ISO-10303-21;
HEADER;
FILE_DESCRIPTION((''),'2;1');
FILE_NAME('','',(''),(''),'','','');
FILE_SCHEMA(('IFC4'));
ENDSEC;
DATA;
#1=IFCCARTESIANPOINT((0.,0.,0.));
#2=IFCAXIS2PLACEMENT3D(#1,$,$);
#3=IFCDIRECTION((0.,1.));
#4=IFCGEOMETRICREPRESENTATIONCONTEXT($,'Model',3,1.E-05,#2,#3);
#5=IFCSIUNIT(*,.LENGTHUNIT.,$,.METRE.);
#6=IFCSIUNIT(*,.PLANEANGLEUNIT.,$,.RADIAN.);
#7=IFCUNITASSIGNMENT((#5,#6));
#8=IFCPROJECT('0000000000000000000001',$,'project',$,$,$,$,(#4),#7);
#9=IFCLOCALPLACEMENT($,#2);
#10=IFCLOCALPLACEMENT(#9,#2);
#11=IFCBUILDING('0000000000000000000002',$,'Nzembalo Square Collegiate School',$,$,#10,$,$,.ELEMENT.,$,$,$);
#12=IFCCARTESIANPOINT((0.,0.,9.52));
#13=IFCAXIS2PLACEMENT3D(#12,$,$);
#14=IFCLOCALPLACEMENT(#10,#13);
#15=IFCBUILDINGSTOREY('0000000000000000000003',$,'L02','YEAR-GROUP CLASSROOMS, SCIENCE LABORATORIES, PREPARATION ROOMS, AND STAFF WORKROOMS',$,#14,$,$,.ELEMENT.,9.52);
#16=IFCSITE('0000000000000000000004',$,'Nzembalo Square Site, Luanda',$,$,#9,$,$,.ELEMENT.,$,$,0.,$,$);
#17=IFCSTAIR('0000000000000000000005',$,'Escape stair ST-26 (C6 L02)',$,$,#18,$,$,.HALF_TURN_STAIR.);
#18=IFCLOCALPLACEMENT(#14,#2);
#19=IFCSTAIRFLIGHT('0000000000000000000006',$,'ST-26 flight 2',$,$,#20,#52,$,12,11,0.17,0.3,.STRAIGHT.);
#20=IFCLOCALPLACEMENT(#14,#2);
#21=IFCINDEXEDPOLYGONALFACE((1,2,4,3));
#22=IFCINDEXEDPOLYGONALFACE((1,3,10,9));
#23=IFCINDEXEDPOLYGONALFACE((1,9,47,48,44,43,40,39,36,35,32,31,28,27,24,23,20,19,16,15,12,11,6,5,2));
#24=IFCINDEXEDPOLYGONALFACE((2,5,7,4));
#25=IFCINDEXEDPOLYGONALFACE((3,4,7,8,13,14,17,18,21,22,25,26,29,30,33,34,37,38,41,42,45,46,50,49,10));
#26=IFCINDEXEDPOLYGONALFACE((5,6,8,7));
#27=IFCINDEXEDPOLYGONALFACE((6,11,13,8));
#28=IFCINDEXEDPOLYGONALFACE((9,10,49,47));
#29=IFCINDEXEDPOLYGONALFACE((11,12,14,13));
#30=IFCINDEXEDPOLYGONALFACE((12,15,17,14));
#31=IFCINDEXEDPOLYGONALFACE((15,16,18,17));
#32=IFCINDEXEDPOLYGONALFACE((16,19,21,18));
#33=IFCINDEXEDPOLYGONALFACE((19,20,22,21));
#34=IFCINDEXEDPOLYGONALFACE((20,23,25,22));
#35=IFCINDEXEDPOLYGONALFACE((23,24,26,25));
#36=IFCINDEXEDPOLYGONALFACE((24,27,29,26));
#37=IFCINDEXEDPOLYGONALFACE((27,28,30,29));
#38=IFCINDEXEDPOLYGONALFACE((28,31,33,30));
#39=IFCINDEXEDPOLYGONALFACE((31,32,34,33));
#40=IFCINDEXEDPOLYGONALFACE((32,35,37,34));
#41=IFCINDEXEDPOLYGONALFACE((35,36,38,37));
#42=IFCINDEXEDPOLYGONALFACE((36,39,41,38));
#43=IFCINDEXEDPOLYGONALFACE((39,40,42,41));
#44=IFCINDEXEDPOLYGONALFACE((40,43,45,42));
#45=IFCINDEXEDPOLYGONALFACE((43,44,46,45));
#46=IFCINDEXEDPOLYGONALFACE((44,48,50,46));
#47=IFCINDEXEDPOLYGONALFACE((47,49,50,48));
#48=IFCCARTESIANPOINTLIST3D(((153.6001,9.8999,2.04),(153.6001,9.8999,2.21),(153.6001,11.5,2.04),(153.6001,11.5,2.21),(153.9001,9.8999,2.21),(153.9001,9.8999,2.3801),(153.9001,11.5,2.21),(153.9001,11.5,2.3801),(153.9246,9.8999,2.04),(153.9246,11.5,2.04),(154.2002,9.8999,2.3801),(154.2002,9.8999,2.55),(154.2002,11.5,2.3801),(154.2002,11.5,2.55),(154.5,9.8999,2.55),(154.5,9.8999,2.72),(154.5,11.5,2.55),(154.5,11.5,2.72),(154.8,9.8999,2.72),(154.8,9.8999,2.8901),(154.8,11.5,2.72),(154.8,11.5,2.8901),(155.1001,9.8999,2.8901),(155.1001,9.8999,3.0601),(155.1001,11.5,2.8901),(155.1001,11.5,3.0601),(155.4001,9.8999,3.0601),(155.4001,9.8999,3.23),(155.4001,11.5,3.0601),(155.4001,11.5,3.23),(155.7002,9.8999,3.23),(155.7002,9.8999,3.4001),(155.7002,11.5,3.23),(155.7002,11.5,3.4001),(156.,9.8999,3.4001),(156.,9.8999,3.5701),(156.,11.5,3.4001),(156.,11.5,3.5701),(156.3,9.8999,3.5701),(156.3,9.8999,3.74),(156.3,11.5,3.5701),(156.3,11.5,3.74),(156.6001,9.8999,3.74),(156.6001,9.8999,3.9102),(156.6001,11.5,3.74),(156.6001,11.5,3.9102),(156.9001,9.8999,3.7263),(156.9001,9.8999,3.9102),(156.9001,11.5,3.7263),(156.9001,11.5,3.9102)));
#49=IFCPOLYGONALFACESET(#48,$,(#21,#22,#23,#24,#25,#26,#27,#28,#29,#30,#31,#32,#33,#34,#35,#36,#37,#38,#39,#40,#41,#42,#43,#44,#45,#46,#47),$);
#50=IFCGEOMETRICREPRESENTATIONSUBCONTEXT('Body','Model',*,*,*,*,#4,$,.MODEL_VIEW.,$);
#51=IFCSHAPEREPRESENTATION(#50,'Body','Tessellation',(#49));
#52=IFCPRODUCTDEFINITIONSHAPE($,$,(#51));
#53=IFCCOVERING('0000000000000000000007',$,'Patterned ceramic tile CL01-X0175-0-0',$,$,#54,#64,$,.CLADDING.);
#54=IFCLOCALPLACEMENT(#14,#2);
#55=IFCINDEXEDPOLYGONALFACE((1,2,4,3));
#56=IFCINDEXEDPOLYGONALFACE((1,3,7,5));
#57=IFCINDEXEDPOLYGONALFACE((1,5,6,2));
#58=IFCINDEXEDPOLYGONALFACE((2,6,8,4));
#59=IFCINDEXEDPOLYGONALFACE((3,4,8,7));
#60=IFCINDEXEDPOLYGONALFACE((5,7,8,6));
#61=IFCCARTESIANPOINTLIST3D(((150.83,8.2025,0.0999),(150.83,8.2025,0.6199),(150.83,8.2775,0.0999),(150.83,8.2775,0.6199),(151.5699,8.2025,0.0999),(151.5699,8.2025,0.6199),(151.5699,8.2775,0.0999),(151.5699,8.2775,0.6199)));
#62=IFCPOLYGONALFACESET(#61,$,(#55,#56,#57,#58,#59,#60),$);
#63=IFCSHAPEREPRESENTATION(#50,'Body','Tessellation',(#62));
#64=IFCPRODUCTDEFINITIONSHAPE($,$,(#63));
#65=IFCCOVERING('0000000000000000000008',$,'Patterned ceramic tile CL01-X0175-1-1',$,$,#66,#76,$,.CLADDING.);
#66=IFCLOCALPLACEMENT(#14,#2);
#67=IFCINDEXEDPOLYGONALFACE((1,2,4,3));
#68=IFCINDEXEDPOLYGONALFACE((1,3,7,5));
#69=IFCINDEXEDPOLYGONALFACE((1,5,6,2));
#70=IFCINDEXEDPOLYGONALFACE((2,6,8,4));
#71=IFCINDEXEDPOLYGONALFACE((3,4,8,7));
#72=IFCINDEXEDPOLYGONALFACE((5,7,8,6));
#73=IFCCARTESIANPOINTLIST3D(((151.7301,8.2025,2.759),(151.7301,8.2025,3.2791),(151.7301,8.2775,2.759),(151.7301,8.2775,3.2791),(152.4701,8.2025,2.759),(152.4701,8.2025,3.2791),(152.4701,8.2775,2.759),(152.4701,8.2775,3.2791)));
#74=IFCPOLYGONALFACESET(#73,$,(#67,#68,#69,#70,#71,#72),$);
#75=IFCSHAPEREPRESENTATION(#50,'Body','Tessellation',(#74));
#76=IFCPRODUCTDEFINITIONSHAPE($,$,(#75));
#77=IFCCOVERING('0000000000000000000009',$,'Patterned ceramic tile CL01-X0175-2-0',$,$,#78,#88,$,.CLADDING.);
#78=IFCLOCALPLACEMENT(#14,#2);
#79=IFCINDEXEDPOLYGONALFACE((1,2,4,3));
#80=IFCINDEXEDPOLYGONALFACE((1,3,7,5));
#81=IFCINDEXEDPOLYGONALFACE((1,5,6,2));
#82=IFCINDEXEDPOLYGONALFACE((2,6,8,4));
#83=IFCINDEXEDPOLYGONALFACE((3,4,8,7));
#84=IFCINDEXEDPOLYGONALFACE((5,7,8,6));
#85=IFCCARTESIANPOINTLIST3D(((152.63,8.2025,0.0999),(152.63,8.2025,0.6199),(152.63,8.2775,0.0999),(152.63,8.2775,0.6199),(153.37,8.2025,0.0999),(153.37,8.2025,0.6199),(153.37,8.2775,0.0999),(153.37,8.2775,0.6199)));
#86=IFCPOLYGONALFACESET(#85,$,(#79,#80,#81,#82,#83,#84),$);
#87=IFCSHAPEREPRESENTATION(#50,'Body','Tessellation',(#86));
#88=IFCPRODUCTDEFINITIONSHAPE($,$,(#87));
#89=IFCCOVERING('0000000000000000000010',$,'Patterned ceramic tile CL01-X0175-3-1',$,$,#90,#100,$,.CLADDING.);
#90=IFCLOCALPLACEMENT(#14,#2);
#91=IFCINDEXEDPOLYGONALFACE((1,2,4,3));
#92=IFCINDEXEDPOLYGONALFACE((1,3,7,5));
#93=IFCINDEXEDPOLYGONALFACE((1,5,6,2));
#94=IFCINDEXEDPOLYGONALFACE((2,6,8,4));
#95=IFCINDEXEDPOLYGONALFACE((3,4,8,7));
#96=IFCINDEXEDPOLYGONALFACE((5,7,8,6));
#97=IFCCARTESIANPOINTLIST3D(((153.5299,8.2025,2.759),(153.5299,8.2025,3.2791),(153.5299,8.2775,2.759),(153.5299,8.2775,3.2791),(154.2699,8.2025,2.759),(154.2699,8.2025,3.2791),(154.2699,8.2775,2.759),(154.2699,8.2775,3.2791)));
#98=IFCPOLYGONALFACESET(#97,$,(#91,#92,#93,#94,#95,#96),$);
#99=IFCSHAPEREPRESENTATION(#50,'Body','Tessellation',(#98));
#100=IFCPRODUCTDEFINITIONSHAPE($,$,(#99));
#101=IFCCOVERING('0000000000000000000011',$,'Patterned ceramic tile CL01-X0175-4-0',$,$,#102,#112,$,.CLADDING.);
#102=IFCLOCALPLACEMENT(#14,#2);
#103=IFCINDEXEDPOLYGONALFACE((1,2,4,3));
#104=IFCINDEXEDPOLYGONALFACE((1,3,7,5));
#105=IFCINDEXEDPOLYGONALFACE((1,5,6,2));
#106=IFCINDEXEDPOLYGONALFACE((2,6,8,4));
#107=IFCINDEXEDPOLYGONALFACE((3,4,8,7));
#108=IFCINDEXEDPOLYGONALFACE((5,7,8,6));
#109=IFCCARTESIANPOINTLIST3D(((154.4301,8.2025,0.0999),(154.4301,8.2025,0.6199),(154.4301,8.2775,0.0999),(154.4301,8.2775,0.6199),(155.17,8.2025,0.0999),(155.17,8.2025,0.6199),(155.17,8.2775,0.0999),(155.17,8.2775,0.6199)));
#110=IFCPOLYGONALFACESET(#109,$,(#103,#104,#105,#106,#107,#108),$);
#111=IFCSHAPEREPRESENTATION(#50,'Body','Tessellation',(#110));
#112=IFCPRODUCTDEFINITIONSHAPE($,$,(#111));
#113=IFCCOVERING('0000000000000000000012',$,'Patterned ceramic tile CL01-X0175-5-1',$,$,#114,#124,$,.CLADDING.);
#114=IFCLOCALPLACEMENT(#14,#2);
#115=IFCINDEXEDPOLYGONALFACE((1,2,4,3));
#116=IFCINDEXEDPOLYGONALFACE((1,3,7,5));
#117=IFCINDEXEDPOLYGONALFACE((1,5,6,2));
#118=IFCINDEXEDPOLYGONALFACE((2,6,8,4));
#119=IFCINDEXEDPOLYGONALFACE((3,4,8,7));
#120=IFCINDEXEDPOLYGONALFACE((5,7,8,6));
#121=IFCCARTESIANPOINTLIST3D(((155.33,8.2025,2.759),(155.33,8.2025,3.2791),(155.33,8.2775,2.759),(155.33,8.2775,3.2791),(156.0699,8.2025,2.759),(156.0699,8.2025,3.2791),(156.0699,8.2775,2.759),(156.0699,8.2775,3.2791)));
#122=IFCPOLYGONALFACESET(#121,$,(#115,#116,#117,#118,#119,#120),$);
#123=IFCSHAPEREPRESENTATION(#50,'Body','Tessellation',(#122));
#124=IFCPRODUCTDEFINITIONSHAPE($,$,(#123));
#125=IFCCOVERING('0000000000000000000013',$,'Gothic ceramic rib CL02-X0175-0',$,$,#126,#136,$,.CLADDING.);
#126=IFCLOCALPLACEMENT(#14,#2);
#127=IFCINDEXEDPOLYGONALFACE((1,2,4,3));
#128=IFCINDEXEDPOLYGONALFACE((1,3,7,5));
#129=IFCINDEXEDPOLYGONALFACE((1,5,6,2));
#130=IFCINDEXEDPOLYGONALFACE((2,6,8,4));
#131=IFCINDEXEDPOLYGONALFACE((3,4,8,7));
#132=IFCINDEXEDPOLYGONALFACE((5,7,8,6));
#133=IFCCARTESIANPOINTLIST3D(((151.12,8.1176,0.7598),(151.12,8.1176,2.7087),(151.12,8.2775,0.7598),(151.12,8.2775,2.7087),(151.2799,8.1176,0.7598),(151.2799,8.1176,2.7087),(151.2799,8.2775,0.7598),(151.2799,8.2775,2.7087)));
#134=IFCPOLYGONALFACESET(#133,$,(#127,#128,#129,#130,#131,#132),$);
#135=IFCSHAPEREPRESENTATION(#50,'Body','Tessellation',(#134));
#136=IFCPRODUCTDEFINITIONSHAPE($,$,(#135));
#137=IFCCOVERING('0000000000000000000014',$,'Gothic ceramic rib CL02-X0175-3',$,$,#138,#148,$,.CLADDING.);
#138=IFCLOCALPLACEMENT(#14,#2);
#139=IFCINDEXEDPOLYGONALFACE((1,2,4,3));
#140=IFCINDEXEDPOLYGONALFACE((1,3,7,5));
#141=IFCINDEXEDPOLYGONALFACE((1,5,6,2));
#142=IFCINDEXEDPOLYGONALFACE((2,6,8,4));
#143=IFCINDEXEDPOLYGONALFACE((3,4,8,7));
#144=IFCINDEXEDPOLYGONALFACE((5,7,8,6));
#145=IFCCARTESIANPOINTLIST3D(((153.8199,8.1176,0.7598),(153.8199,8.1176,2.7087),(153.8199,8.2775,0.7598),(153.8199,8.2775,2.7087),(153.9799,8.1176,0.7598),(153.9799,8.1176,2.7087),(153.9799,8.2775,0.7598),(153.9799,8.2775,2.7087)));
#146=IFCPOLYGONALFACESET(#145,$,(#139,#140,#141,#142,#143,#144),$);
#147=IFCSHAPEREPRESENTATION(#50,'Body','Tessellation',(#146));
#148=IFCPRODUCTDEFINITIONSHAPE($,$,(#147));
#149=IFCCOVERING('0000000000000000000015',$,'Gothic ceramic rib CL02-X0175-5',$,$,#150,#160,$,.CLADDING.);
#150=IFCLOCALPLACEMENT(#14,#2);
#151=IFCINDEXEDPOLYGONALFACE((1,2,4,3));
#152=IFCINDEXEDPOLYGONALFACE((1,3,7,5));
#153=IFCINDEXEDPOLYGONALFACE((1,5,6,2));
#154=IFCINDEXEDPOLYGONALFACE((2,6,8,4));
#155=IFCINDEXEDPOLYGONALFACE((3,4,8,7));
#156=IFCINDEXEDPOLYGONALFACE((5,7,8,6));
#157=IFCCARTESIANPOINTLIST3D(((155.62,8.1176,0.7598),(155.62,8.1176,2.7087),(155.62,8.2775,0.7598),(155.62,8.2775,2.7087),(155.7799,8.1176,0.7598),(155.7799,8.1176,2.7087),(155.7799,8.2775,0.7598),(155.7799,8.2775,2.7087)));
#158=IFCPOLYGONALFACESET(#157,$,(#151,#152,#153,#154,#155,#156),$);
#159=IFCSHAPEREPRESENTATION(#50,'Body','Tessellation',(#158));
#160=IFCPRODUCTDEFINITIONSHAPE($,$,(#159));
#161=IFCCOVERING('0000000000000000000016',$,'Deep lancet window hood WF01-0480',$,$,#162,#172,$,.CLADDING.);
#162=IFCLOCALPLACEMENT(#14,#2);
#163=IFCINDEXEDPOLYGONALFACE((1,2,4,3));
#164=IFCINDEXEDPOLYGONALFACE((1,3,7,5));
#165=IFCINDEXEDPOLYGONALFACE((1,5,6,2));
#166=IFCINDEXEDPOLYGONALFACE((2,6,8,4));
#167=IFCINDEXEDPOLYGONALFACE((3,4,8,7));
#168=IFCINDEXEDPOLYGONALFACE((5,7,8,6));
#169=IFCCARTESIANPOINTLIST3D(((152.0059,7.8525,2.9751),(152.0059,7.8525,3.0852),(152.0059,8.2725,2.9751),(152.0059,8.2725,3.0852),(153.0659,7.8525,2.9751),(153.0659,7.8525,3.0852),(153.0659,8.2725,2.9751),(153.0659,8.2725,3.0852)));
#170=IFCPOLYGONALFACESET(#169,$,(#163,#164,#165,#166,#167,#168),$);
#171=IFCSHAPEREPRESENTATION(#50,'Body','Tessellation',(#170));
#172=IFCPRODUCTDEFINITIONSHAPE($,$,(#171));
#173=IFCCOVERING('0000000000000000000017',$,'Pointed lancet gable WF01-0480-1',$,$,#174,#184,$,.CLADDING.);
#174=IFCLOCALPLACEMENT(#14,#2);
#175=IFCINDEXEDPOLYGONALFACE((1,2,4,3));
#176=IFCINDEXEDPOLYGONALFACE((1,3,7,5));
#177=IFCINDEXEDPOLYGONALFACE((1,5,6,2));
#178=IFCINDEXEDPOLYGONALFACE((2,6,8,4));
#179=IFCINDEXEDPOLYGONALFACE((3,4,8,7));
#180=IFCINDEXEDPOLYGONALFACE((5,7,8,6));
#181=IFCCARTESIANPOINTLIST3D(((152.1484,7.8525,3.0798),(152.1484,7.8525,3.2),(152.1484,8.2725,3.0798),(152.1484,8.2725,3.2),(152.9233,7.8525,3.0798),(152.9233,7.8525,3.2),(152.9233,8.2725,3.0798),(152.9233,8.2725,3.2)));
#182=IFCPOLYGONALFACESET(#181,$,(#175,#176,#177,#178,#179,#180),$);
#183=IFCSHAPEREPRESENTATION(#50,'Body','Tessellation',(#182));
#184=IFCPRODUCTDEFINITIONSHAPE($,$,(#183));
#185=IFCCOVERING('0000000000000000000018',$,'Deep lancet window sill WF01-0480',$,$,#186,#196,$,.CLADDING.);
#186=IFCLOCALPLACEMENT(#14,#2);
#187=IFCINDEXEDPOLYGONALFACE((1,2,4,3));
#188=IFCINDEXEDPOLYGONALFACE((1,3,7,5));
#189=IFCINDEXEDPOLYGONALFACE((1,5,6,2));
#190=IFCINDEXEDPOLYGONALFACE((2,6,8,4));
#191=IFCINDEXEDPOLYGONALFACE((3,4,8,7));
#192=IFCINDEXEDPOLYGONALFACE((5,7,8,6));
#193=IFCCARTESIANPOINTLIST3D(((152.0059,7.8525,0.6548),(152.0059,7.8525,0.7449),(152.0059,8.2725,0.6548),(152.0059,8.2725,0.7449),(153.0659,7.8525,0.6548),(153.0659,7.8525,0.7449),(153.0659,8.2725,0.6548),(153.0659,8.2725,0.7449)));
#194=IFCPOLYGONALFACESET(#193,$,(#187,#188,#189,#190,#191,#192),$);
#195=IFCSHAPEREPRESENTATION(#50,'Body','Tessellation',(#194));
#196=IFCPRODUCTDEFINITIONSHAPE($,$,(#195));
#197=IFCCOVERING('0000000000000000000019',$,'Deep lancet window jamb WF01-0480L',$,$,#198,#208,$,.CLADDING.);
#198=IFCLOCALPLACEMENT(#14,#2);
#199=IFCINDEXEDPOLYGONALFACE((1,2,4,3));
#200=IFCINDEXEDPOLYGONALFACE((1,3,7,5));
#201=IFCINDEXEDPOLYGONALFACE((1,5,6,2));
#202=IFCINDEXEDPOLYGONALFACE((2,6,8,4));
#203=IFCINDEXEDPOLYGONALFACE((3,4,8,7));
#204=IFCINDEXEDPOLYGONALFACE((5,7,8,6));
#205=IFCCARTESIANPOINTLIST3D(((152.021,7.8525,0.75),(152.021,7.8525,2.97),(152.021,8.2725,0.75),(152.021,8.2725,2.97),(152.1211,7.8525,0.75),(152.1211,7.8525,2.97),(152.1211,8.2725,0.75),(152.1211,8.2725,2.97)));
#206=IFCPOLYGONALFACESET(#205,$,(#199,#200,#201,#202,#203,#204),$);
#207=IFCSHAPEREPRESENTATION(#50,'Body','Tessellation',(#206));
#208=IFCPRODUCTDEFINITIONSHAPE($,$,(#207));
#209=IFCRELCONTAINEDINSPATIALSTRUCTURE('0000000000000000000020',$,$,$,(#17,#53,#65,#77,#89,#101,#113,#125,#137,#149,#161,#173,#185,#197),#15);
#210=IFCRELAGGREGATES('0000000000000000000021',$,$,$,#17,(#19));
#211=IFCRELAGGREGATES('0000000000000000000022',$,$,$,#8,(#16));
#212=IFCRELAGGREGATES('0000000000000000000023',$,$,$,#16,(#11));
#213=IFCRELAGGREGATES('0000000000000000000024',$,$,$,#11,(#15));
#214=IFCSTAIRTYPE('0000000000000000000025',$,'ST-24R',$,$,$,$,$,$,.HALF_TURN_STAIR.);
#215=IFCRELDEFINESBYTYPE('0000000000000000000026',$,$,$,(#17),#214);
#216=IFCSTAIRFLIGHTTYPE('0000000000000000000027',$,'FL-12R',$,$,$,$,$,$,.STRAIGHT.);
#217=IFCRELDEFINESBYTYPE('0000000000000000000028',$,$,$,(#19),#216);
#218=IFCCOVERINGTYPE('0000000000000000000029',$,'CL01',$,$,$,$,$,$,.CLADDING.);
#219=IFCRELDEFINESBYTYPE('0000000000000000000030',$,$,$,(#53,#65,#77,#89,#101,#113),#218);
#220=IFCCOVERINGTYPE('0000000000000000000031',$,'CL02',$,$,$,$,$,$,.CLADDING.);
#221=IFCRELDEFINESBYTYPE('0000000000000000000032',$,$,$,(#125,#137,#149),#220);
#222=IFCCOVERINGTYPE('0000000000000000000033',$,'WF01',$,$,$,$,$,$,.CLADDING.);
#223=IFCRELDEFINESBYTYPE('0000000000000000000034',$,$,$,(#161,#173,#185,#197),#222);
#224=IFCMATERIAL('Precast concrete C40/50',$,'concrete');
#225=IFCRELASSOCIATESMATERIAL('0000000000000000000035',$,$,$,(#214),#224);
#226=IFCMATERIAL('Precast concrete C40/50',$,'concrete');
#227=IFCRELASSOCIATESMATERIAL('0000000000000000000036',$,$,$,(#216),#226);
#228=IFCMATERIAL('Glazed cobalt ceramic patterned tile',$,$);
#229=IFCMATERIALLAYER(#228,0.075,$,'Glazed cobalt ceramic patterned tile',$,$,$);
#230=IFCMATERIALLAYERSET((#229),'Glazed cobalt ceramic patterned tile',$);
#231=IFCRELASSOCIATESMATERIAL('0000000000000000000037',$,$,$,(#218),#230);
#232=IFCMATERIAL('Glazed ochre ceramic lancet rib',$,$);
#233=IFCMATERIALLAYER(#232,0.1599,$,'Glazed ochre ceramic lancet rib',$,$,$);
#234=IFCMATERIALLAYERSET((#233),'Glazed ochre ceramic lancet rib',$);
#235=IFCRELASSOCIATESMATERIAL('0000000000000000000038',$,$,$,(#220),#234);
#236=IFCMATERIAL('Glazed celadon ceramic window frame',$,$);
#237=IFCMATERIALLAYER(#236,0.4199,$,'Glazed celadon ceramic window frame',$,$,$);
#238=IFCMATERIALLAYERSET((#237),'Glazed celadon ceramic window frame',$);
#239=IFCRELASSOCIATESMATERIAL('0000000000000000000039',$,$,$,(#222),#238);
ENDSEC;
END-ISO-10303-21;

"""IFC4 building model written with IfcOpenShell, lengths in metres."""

from ifc_helpers import new_model, si_unit, direction, frame, origin, origin_2d, place, context, subcontext, project, spatial, polyline, rectangle, outline, extrude, material, layer, layer_set, type_object, element, aggregate, save


model = new_model("IFC4")

# Units and contexts
model_context = context("Model", 3, precision=1e-05, world=origin(), true_north=direction((0.0, 1.0)))
body_context = subcontext(model_context, "Body", "Model", "MODEL_VIEW")
ifc_project = project(units=[si_unit("LENGTHUNIT", "METRE"), si_unit("PLANEANGLEUNIT", "RADIAN")], contexts=[model_context])

# Site, building, storey
site_placement = place(None, origin())
site = spatial("IfcSite", under=ifc_project, at=site_placement, Name="Nzembalo Square Site, Luanda", CompositionType="ELEMENT", RefElevation=0.0)
building_placement = place(site_placement, origin())
building = spatial("IfcBuilding", under=site, at=building_placement, Name="Nzembalo Square Collegiate School", CompositionType="ELEMENT")
storey_placement = place(building_placement, frame((0.0, 0.0, 9.52)))
storey = spatial("IfcBuildingStorey", under=building, at=storey_placement, Name="L02", Description="YEAR-GROUP CLASSROOMS, SCIENCE LABORATORIES, PREPARATION ROOMS, AND STAFF WORKROOMS", CompositionType="ELEMENT", Elevation=9.52)

# Stair, stair flight
ifc_material_1 = material(Name="Precast concrete C40/50", Category="concrete")
stair_type = type_object("IfcStairType", Name="ST-24R", PredefinedType="HALF_TURN_STAIR", material=ifc_material_1)
stair_placement = place(storey_placement, origin())
stair = element("IfcStair", 1, at=stair_placement, inside=storey, type_object=stair_type, Name="Escape stair ST-26 (C6 L02)", PredefinedType="HALF_TURN_STAIR")
ifc_material_2 = material(Name="Precast concrete C40/50", Category="concrete")
stair_flight_type = type_object("IfcStairFlightType", Name="FL-12R", PredefinedType="STRAIGHT", material=ifc_material_2)
stair_flight_placement = place(storey_placement, frame((153.6001, 10.7, 2.04), z_axis=(0.0, 0.0, 1.0), x_axis=(1.0, 0.0, 0.0)))
stair_flight = element("IfcStairFlight", 2, at=stair_flight_placement, type_object=stair_flight_type, Name="ST-26 flight 2", NumberOfRisers=12, NumberOfTreads=11, PredefinedType="STRAIGHT", RiserHeight=0.17, TreadLength=0.3, context=body_context, shape_type="SweptSolid", body=[
    extrude(outline(polyline([(0.0, 0.0), (0.0, 0.1699), (0.3, 0.1699), (0.3, 0.3401), (0.6001, 0.3401), (0.6001, 0.51), (0.8999, 0.51), (0.8999, 0.6799), (1.2, 0.6799), (1.2, 0.8501), (1.5, 0.8501), (1.5, 1.02), (1.8, 1.02), (1.8, 1.1899), (2.1001, 1.1899), (2.1001, 1.3601), (2.3999, 1.3601), (2.3999, 1.53), (2.7, 1.53), (2.7, 1.7), (3.0, 1.7), (3.0, 1.8701), (3.3, 1.8701), (3.3, 2.04), (3.3, 1.6863), (0.3245, 0.0), (0.0, 0.0)])), frame((0.0, 0.8, 0.0), z_axis=(0.0, -1.0, 0.0), x_axis=(1.0, 0.0, 0.0)), (0.0, 0.0, 1.0), 1.6001),
])
aggregate(stair, [stair_flight])

# Coverings
ifc_material_3 = material(Name="Glazed cobalt ceramic patterned tile")
ifc_layer_1 = layer(ifc_material_3, 0.075, Name="Glazed cobalt ceramic patterned tile")
ifc_layer_set_1 = layer_set([ifc_layer_1], Name="Glazed cobalt ceramic patterned tile")
covering_type_1 = type_object("IfcCoveringType", Name="CL01", PredefinedType="CLADDING", material=ifc_layer_set_1)
for number, where, z_axis, x_axis, name in (
    (3, (151.2, 8.24, 0.0999), (0.0, 0.0, 1.0), (1.0, 0.0, 0.0), "Patterned ceramic tile CL01-X0175-0-0"),
    (4, (152.1001, 8.24, 2.759), (0.0, 0.0, 1.0), (1.0, 0.0, 0.0), "Patterned ceramic tile CL01-X0175-1-1"),
    (5, (153.0, 8.24, 0.0999), (0.0, 0.0, 1.0), (1.0, 0.0, 0.0), "Patterned ceramic tile CL01-X0175-2-0"),
    (6, (153.8999, 8.24, 2.759), (0.0, 0.0, 1.0), (1.0, 0.0, 0.0), "Patterned ceramic tile CL01-X0175-3-1"),
    (7, (154.8, 8.24, 0.0999), (0.0, 0.0, 1.0), (1.0, 0.0, 0.0), "Patterned ceramic tile CL01-X0175-4-0"),
    (8, (155.7, 8.24, 2.759), (0.0, 0.0, 1.0), (1.0, 0.0, 0.0), "Patterned ceramic tile CL01-X0175-5-1"),
):
    element("IfcCovering", number, at=place(storey_placement, frame(where, z_axis=z_axis, x_axis=x_axis)), inside=storey, type_object=covering_type_1, Name=name, PredefinedType="CLADDING", context=body_context, shape_type="SweptSolid", body=[
        extrude(rectangle(XDim=0.74, YDim=0.075, at=origin_2d()), origin(), (0.0, 0.0, 1.0), 0.52),
    ])
ifc_material_4 = material(Name="Glazed ochre ceramic lancet rib")
ifc_layer_2 = layer(ifc_material_4, 0.1599, Name="Glazed ochre ceramic lancet rib")
ifc_layer_set_2 = layer_set([ifc_layer_2], Name="Glazed ochre ceramic lancet rib")
covering_type_2 = type_object("IfcCoveringType", Name="CL02", PredefinedType="CLADDING", material=ifc_layer_set_2)
for number, where, z_axis, x_axis, name in (
    (9, (151.2, 8.1975, 0.7598), (0.0, 0.0, 1.0), (1.0, 0.0, 0.0), "Gothic ceramic rib CL02-X0175-0"),
    (10, (153.8999, 8.1975, 0.7598), (0.0, 0.0, 1.0), (1.0, 0.0, 0.0), "Gothic ceramic rib CL02-X0175-3"),
    (11, (155.7, 8.1975, 0.7598), (0.0, 0.0, 1.0), (1.0, 0.0, 0.0), "Gothic ceramic rib CL02-X0175-5"),
):
    element("IfcCovering", number, at=place(storey_placement, frame(where, z_axis=z_axis, x_axis=x_axis)), inside=storey, type_object=covering_type_2, Name=name, PredefinedType="CLADDING", context=body_context, shape_type="SweptSolid", body=[
        extrude(rectangle(XDim=0.1599, YDim=0.1599, at=origin_2d()), origin(), (0.0, 0.0, 1.0), 1.949),
    ])
ifc_material_5 = material(Name="Glazed celadon ceramic window frame")
ifc_layer_3 = layer(ifc_material_5, 0.4199, Name="Glazed celadon ceramic window frame")
ifc_layer_set_3 = layer_set([ifc_layer_3], Name="Glazed celadon ceramic window frame")
covering_type_3 = type_object("IfcCoveringType", Name="WF01", PredefinedType="CLADDING", material=ifc_layer_set_3)
covering_1_placement = place(storey_placement, frame((152.5359, 8.0625, 2.9751), z_axis=(0.0, 0.0, 1.0), x_axis=(1.0, 0.0, 0.0)))
element("IfcCovering", 12, at=covering_1_placement, inside=storey, type_object=covering_type_3, Name="Deep lancet window hood WF01-0480", PredefinedType="CLADDING", context=body_context, shape_type="SweptSolid", body=[
    extrude(rectangle(XDim=1.0601, YDim=0.4199, at=origin_2d()), origin(), (0.0, 0.0, 1.0), 0.1101),
])
covering_2_placement = place(storey_placement, frame((152.5359, 8.0625, 3.0798), z_axis=(0.0, 0.0, 1.0), x_axis=(1.0, 0.0, 0.0)))
element("IfcCovering", 13, at=covering_2_placement, inside=storey, type_object=covering_type_3, Name="Pointed lancet gable WF01-0480-1", PredefinedType="CLADDING", context=body_context, shape_type="SweptSolid", body=[
    extrude(rectangle(XDim=0.7749, YDim=0.4199, at=origin_2d()), origin(), (0.0, 0.0, 1.0), 0.1201),
])
covering_3_placement = place(storey_placement, frame((152.5359, 8.0625, 0.6548), z_axis=(0.0, 0.0, 1.0), x_axis=(1.0, 0.0, 0.0)))
element("IfcCovering", 14, at=covering_3_placement, inside=storey, type_object=covering_type_3, Name="Deep lancet window sill WF01-0480", PredefinedType="CLADDING", context=body_context, shape_type="SweptSolid", body=[
    extrude(rectangle(XDim=1.0601, YDim=0.4199, at=origin_2d()), origin(), (0.0, 0.0, 1.0), 0.0901),
])
for number, where, z_axis, x_axis, name in (
    (15, (152.071, 8.0625, 0.75), (0.0, 0.0, 1.0), (1.0, 0.0, 0.0), "Deep lancet window jamb WF01-0480L"),
):
    element("IfcCovering", number, at=place(storey_placement, frame(where, z_axis=z_axis, x_axis=x_axis)), inside=storey, type_object=covering_type_3, Name=name, PredefinedType="CLADDING", context=body_context, shape_type="SweptSolid", body=[
        extrude(rectangle(XDim=0.1001, YDim=0.4199, at=origin_2d()), origin(), (0.0, 0.0, 1.0), 2.22),
    ])

save(model, "model.ifc")
